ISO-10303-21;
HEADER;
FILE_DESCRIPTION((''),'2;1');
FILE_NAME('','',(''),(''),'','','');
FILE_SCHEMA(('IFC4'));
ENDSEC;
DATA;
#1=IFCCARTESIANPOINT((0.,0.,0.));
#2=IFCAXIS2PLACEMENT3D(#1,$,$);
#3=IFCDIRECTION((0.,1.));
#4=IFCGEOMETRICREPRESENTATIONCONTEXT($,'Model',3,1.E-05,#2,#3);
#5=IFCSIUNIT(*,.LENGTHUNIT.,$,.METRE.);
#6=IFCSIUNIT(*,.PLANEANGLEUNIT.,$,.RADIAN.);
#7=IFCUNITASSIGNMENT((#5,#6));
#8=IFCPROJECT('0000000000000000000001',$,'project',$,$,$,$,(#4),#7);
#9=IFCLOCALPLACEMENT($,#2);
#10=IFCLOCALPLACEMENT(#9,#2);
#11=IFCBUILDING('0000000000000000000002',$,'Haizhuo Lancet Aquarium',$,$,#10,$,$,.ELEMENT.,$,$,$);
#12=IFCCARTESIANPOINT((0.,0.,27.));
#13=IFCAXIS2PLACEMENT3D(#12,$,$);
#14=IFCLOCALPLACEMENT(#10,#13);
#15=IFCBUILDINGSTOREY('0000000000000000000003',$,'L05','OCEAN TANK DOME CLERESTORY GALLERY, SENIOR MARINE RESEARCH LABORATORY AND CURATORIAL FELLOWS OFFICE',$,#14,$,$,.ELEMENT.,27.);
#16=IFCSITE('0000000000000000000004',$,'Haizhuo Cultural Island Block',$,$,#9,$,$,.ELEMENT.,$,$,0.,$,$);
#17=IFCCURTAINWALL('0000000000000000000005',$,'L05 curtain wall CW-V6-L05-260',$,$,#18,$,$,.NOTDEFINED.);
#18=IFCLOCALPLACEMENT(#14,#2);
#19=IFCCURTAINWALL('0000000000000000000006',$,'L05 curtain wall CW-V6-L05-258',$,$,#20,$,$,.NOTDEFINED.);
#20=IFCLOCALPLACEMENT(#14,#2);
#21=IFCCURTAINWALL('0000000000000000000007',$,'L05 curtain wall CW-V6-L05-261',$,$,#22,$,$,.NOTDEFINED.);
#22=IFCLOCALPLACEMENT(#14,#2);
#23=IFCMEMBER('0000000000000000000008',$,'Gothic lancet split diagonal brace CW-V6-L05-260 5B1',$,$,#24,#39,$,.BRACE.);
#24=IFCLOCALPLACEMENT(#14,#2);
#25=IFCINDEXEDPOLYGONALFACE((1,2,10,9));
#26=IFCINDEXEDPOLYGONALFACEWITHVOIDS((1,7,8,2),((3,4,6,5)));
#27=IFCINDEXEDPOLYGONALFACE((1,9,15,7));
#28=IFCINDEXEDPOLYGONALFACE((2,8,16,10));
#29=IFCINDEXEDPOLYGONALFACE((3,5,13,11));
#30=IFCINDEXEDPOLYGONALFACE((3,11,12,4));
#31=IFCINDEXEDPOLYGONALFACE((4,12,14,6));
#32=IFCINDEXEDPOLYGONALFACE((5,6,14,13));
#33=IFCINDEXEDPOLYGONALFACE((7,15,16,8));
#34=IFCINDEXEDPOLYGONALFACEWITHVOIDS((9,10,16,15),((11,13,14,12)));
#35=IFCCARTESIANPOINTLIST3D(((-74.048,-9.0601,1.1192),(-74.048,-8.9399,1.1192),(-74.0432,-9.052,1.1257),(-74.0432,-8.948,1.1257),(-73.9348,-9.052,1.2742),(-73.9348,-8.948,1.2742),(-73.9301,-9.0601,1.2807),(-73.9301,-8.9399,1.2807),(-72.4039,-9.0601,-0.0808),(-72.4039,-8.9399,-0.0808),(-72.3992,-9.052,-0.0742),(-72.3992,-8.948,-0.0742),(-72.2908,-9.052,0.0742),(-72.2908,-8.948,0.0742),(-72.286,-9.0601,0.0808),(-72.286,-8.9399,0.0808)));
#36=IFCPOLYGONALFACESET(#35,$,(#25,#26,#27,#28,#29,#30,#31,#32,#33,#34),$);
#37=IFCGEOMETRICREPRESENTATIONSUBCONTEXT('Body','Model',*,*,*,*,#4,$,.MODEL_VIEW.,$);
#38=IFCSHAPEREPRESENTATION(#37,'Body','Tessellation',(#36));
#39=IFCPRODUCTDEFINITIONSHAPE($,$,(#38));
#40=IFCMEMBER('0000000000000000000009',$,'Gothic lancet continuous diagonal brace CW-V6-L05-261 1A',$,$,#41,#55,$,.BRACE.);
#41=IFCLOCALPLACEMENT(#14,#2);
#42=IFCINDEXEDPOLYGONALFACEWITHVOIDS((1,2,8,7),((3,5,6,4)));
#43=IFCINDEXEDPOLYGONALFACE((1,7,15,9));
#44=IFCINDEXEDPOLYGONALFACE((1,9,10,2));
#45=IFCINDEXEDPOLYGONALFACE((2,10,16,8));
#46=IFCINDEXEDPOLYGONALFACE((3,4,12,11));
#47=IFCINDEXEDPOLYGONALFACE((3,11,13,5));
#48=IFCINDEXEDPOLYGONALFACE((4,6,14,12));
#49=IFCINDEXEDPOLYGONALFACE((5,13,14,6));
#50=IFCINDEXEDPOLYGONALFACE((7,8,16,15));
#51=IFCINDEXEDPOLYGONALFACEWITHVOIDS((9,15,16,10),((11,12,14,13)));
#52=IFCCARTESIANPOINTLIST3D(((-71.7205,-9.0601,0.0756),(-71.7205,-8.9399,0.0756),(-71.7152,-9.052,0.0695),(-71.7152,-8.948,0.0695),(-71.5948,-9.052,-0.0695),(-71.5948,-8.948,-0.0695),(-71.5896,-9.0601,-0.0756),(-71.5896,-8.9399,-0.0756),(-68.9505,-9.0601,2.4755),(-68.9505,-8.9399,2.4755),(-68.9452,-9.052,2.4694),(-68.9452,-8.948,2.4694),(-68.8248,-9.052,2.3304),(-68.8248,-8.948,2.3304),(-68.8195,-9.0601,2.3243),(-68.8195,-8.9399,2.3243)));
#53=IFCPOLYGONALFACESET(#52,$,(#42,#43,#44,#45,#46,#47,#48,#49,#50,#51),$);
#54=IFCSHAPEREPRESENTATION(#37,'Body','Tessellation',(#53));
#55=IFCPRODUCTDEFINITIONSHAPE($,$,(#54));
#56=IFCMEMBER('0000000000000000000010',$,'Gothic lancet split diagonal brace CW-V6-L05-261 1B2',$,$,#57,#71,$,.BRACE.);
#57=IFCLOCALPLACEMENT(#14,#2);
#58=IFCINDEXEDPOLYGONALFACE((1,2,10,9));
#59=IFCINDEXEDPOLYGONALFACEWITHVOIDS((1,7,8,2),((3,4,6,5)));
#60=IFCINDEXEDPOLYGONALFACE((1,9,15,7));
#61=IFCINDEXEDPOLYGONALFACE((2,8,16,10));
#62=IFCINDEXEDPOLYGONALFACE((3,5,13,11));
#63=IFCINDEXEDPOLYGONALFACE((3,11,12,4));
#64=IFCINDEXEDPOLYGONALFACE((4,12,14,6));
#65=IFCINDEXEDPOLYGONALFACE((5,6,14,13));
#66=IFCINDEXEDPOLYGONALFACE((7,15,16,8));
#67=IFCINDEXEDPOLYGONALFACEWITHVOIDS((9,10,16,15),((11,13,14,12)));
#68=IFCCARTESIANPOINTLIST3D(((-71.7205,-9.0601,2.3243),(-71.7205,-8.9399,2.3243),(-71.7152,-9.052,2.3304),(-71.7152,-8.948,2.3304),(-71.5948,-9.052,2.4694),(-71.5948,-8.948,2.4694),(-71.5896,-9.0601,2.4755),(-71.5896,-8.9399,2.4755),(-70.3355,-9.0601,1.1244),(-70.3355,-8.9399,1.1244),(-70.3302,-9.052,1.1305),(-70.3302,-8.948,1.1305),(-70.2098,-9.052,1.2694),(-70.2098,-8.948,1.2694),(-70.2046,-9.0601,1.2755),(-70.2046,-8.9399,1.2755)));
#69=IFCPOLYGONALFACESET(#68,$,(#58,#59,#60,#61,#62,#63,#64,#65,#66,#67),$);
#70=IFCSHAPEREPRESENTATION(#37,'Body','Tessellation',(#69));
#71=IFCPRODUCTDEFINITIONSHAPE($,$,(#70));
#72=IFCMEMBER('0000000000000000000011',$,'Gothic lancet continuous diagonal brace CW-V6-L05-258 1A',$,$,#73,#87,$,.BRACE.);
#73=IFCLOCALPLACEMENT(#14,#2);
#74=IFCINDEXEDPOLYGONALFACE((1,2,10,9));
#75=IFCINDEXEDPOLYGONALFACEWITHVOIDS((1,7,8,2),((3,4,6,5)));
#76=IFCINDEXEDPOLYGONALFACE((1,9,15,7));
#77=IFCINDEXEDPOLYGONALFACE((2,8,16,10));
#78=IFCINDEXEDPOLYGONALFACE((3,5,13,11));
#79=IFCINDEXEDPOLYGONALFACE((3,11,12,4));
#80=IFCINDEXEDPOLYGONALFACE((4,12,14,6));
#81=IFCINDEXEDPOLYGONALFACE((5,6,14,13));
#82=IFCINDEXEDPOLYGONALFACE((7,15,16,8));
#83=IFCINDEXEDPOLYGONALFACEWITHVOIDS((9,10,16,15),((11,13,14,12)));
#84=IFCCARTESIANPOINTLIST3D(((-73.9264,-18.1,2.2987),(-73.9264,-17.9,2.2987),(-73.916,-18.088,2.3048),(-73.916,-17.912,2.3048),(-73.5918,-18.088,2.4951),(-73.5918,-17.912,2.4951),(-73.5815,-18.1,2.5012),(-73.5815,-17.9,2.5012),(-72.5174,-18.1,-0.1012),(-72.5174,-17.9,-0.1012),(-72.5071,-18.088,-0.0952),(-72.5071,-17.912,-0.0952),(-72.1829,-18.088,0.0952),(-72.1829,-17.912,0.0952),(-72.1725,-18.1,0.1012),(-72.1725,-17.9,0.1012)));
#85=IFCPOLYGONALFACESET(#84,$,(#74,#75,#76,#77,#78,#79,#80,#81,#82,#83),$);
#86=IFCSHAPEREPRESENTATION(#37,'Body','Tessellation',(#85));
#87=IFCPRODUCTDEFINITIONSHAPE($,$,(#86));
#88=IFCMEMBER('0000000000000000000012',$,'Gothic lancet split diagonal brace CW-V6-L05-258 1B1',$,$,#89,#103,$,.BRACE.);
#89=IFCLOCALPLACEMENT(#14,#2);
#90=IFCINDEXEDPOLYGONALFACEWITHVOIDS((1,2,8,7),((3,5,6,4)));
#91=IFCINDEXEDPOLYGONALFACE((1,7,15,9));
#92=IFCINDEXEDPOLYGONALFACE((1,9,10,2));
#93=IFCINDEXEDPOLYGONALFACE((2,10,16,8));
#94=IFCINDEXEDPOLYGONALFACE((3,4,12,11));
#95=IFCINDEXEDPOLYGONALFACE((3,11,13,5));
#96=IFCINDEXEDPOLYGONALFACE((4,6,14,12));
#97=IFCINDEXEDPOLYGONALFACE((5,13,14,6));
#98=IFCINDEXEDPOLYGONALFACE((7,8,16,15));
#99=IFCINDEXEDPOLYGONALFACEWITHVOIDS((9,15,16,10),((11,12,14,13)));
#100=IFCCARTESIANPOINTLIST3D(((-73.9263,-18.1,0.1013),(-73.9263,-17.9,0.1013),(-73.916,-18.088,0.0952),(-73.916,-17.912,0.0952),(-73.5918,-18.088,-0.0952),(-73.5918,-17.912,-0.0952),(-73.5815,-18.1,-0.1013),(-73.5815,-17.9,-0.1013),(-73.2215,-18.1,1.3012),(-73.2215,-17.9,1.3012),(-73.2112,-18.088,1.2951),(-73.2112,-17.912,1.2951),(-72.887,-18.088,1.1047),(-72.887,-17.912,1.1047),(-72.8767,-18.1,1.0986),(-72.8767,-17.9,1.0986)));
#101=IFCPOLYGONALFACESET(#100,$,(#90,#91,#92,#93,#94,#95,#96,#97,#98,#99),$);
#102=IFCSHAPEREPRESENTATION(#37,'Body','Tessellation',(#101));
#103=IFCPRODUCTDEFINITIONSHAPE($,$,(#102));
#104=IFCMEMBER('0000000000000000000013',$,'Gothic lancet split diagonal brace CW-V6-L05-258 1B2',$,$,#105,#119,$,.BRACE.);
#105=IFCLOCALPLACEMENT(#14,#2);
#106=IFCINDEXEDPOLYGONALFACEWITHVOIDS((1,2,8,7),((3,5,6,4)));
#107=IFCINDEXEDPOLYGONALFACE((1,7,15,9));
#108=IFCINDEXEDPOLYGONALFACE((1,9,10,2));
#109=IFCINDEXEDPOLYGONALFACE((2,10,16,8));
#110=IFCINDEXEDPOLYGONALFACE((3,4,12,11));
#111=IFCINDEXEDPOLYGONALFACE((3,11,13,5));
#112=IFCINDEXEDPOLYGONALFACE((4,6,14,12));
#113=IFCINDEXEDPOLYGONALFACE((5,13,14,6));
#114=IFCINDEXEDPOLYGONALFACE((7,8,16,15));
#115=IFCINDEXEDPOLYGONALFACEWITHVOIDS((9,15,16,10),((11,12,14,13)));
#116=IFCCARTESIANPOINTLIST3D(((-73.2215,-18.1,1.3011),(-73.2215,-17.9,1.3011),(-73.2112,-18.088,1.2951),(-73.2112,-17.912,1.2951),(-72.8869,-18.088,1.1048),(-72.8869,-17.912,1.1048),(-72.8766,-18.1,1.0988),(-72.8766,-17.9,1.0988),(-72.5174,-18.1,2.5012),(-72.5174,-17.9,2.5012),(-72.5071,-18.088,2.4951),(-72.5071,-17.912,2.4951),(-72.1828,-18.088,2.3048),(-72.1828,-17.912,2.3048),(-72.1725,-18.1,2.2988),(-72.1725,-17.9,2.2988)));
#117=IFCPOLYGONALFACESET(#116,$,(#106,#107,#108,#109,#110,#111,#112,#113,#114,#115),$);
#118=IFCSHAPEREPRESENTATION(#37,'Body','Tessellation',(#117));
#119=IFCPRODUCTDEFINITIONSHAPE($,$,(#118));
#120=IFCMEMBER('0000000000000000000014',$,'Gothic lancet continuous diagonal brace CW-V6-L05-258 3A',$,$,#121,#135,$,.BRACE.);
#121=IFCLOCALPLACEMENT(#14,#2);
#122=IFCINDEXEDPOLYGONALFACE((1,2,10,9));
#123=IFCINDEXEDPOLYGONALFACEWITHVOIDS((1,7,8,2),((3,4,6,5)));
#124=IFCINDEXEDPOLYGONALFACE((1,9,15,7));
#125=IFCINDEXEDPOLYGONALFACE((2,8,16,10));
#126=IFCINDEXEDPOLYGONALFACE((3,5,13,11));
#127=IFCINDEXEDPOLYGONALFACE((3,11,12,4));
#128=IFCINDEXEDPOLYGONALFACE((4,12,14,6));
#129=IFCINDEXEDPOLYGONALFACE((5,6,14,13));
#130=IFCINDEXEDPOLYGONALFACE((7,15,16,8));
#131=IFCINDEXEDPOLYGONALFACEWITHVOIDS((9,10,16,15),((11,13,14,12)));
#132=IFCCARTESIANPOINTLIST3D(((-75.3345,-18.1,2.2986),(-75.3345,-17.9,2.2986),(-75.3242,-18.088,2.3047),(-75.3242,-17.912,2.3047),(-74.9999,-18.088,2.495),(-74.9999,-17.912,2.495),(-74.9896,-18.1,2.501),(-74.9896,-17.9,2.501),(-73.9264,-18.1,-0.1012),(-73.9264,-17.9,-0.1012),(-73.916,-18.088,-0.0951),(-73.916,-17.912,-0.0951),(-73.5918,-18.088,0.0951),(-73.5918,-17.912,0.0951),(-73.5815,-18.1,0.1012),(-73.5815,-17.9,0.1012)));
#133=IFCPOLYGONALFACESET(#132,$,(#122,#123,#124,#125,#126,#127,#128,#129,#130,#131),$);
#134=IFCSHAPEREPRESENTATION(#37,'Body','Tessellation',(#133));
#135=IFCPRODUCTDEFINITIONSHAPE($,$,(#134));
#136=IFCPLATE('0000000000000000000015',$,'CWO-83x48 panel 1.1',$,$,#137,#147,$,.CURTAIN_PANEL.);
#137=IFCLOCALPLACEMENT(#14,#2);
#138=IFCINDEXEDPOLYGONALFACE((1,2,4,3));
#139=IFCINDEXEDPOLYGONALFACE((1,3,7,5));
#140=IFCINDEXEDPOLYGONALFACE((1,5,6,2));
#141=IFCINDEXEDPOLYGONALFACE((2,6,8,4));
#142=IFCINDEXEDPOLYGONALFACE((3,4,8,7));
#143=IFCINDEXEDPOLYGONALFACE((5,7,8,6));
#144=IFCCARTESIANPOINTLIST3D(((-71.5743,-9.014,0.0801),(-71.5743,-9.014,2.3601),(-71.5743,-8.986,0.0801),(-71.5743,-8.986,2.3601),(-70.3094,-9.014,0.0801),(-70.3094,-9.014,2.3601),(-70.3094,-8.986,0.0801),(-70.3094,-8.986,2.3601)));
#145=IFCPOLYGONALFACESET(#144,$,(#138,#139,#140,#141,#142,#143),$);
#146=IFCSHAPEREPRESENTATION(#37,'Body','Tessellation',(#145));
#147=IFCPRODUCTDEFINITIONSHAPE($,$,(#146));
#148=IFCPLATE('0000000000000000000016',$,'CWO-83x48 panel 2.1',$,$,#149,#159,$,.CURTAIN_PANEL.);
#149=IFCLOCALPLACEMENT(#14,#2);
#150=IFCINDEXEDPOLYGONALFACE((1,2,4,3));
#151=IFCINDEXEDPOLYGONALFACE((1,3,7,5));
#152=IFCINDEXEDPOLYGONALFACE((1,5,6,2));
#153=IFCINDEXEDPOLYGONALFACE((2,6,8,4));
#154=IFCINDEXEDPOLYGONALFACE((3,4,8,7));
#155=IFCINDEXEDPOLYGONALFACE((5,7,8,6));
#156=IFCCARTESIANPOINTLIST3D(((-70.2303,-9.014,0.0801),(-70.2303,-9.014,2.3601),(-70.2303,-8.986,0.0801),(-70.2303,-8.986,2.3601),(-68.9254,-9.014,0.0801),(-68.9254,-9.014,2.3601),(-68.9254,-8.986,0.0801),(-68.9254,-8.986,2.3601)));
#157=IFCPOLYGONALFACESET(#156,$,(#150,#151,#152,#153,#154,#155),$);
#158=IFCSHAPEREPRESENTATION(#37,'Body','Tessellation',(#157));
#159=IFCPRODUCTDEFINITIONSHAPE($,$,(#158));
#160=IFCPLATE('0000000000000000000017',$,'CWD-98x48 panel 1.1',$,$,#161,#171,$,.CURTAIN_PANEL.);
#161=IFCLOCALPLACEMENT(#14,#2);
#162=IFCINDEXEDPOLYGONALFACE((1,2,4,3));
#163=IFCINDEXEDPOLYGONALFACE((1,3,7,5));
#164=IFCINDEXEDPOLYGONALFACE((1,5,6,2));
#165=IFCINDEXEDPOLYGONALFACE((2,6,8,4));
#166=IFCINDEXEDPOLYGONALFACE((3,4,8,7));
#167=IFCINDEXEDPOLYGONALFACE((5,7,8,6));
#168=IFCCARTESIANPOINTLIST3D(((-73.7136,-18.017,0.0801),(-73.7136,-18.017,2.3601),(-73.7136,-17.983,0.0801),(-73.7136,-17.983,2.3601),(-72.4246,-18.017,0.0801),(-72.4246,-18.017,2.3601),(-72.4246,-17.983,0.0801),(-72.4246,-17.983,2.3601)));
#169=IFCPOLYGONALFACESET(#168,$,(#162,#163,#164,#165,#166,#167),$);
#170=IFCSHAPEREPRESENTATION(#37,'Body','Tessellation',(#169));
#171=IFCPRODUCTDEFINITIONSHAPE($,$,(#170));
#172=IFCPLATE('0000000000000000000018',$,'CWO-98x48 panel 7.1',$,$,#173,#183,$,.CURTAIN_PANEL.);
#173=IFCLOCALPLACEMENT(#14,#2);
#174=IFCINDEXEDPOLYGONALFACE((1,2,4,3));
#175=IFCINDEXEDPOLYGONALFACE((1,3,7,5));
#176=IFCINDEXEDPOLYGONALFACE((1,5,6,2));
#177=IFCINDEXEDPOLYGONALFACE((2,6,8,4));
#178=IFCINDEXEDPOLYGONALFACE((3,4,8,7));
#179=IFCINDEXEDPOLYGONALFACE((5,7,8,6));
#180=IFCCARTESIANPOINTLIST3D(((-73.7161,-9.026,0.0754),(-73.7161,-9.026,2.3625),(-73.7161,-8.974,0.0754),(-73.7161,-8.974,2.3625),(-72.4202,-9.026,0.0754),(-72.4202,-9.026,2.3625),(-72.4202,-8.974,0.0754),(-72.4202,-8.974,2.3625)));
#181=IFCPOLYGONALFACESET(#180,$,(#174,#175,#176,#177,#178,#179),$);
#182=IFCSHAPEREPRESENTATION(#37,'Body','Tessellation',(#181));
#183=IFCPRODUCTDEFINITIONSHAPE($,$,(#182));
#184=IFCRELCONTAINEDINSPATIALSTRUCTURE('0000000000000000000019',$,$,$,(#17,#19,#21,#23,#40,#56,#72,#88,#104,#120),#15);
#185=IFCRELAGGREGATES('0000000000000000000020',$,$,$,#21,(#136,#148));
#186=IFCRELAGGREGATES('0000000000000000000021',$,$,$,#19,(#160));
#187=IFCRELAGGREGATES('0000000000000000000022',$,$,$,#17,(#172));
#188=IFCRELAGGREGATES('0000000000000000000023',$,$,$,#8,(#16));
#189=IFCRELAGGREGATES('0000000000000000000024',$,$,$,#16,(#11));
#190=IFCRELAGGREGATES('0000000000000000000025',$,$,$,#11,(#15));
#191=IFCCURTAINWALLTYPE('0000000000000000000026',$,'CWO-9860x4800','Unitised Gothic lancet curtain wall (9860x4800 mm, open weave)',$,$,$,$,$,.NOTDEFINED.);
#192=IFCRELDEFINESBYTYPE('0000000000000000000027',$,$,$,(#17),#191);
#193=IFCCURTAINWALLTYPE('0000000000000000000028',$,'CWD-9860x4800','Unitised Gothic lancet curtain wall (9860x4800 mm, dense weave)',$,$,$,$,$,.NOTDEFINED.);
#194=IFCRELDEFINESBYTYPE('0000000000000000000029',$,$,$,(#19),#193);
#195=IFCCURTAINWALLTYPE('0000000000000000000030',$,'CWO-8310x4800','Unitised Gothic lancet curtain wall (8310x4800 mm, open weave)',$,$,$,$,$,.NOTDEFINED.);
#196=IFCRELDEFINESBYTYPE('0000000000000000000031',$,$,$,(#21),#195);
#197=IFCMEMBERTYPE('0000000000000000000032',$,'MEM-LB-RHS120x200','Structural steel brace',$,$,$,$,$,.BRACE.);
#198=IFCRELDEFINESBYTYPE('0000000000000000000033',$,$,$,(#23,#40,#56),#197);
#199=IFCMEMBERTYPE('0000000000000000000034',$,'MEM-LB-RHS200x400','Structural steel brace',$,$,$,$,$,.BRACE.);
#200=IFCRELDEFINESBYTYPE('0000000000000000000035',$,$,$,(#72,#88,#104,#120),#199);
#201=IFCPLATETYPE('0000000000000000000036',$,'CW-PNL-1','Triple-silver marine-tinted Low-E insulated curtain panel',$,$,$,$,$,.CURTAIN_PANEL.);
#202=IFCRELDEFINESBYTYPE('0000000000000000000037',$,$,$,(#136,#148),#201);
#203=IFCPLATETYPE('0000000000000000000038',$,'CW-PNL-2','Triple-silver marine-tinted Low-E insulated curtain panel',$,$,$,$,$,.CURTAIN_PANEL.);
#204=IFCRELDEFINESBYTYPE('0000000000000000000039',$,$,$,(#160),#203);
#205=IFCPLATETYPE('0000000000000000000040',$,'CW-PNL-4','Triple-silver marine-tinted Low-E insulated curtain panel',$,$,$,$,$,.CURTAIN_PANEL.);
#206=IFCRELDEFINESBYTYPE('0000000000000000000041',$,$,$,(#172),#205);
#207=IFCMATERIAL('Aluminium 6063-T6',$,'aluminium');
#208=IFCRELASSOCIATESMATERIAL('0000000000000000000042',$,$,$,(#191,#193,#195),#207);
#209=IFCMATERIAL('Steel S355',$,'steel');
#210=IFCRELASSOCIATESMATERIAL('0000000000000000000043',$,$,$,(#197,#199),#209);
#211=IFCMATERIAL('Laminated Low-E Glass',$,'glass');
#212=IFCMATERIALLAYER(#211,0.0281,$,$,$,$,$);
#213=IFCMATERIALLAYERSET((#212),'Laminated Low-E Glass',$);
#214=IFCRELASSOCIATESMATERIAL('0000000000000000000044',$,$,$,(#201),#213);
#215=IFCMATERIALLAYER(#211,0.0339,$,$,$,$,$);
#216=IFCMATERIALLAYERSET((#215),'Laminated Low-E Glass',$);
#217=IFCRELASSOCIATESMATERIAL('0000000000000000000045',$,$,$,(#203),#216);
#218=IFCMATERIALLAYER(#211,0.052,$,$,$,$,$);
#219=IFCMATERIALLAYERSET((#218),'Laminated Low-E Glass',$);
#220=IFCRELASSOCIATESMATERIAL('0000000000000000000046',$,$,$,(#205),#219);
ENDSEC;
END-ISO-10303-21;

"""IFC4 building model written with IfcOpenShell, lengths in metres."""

from ifc_helpers import new_model, si_unit, direction, frame, origin, origin_2d, place, context, subcontext, project, spatial, rectangle, hollow_rectangle, extrude, material, layer, layer_set, material_profile, profile_set, type_object, element, aggregate, save


model = new_model("IFC4")

# Units and contexts
model_context = context("Model", 3, precision=1e-05, world=origin(), true_north=direction((0.0, 1.0)))
body_context = subcontext(model_context, "Body", "Model", "MODEL_VIEW")
ifc_project = project(units=[si_unit("LENGTHUNIT", "METRE"), si_unit("PLANEANGLEUNIT", "RADIAN")], contexts=[model_context])

# Site, building, storey
site_placement = place(None, origin())
site = spatial("IfcSite", under=ifc_project, at=site_placement, Name="Haizhuo Cultural Island Block", CompositionType="ELEMENT", RefElevation=0.0)
building_placement = place(site_placement, origin())
building = spatial("IfcBuilding", under=site, at=building_placement, Name="Haizhuo Lancet Aquarium", CompositionType="ELEMENT")
storey_placement = place(building_placement, frame((0.0, 0.0, 27.0)))
storey = spatial("IfcBuildingStorey", under=building, at=storey_placement, Name="L05", Description="OCEAN TANK DOME CLERESTORY GALLERY, SENIOR MARINE RESEARCH LABORATORY AND CURATORIAL FELLOWS OFFICE", CompositionType="ELEMENT", Elevation=27.0)

# Curtain wall
ifc_material_1 = material(Name="Aluminium 6063-T6", Category="aluminium")
curtain_wall_type_1 = type_object("IfcCurtainWallType", Name="CWO-9860x4800", Description="Unitised Gothic lancet curtain wall (9860x4800 mm, open weave)", PredefinedType="NOTDEFINED", material=ifc_material_1)
curtain_wall_1_placement = place(storey_placement, origin())
curtain_wall_1 = element("IfcCurtainWall", 1, at=curtain_wall_1_placement, inside=storey, type_object=curtain_wall_type_1, Name="L05 curtain wall CW-V6-L05-260", PredefinedType="NOTDEFINED")

# Curtain wall
curtain_wall_type_2 = type_object("IfcCurtainWallType", Name="CWD-9860x4800", Description="Unitised Gothic lancet curtain wall (9860x4800 mm, dense weave)", PredefinedType="NOTDEFINED", material=ifc_material_1)
curtain_wall_2_placement = place(storey_placement, origin())
curtain_wall_2 = element("IfcCurtainWall", 2, at=curtain_wall_2_placement, inside=storey, type_object=curtain_wall_type_2, Name="L05 curtain wall CW-V6-L05-258", PredefinedType="NOTDEFINED")

# Curtain wall
curtain_wall_type_3 = type_object("IfcCurtainWallType", Name="CWO-8310x4800", Description="Unitised Gothic lancet curtain wall (8310x4800 mm, open weave)", PredefinedType="NOTDEFINED", material=ifc_material_1)
curtain_wall_3_placement = place(storey_placement, origin())
curtain_wall_3 = element("IfcCurtainWall", 3, at=curtain_wall_3_placement, inside=storey, type_object=curtain_wall_type_3, Name="L05 curtain wall CW-V6-L05-261", PredefinedType="NOTDEFINED")

# Members
ifc_material_2 = material(Name="Steel S355", Category="steel")
ifc_material_profile_1 = material_profile(ifc_material_2, hollow_rectangle(XDim=0.1201, YDim=0.2, WallThickness=0.0081, at=origin_2d()), Name="RHS 120x200x8")
ifc_profile_set_1 = profile_set([ifc_material_profile_1], Name="Steel S355")
member_type_1 = type_object("IfcMemberType", Name="MEM-LB-RHS120x200", Description="Structural steel brace", PredefinedType="BRACE", material=ifc_profile_set_1)
member_1_placement = place(storey_placement, frame((-72.345, -9.0, 0.0), z_axis=(-0.807734, 0.0, 0.589547), x_axis=(0.0, -1.0, 0.0)))
element("IfcMember", 4, at=member_1_placement, inside=storey, type_object=member_type_1, Name="Gothic lancet split diagonal brace CW-V6-L05-260 5B1", PredefinedType="BRACE", context=body_context, shape_type="SweptSolid", body=[
    extrude(hollow_rectangle(XDim=0.1201, YDim=0.2, WallThickness=0.0081, at=origin_2d()), origin(), (0.0, 0.0, 1.0), 2.0354),
])
member_2_placement = place(storey_placement, frame((-71.655, -9.0, 0.0), z_axis=(0.755795, 0.0, 0.654809), x_axis=(0.0, 1.0, 0.0)))
element("IfcMember", 5, at=member_2_placement, inside=storey, type_object=member_type_1, Name="Gothic lancet continuous diagonal brace CW-V6-L05-261 1A", PredefinedType="BRACE", context=body_context, shape_type="SweptSolid", body=[
    extrude(hollow_rectangle(XDim=0.1201, YDim=0.2, WallThickness=0.0081, at=origin_2d()), origin(), (0.0, 0.0, 1.0), 3.665),
])
member_3_placement = place(storey_placement, frame((-70.27, -9.0, 1.2), z_axis=(-0.755795, 0.0, 0.654809), x_axis=(0.0, -1.0, 0.0)))
element("IfcMember", 6, at=member_3_placement, inside=storey, type_object=member_type_1, Name="Gothic lancet split diagonal brace CW-V6-L05-261 1B2", PredefinedType="BRACE", context=body_context, shape_type="SweptSolid", body=[
    extrude(hollow_rectangle(XDim=0.1201, YDim=0.2, WallThickness=0.0081, at=origin_2d()), origin(), (0.0, 0.0, 1.0), 1.8325),
])
ifc_material_profile_2 = material_profile(ifc_material_2, hollow_rectangle(XDim=0.2, YDim=0.3999, WallThickness=0.012, at=origin_2d()), Name="RHS 200x400x12")
ifc_profile_set_2 = profile_set([ifc_material_profile_2], Name="Steel S355")
member_type_2 = type_object("IfcMemberType", Name="MEM-LB-RHS200x400", Description="Structural steel brace", PredefinedType="BRACE", material=ifc_profile_set_2)
member_4_placement = place(storey_placement, frame((-72.345, -18.0, 0.0), z_axis=(-0.50628, 0.0, 0.862369), x_axis=(0.0, -1.0, 0.0)))
element("IfcMember", 7, at=member_4_placement, inside=storey, type_object=member_type_2, Name="Gothic lancet continuous diagonal brace CW-V6-L05-258 1A", PredefinedType="BRACE", context=body_context, shape_type="SweptSolid", body=[
    extrude(hollow_rectangle(XDim=0.2, YDim=0.3999, WallThickness=0.012, at=origin_2d()), origin(), (0.0, 0.0, 1.0), 2.783),
])
member_5_placement = place(storey_placement, frame((-73.7539, -18.0, 0.0), z_axis=(0.506476, 0.0, 0.862254), x_axis=(0.0, 1.0, 0.0)))
element("IfcMember", 8, at=member_5_placement, inside=storey, type_object=member_type_2, Name="Gothic lancet split diagonal brace CW-V6-L05-258 1B1", PredefinedType="BRACE", context=body_context, shape_type="SweptSolid", body=[
    extrude(hollow_rectangle(XDim=0.2, YDim=0.3999, WallThickness=0.012, at=origin_2d()), origin(), (0.0, 0.0, 1.0), 1.3916),
])
member_6_placement = place(storey_placement, frame((-73.0491, -18.0, 1.2), z_axis=(0.506084, 0.0, 0.862484), x_axis=(0.0, 1.0, 0.0)))
element("IfcMember", 9, at=member_6_placement, inside=storey, type_object=member_type_2, Name="Gothic lancet split diagonal brace CW-V6-L05-258 1B2", PredefinedType="BRACE", context=body_context, shape_type="SweptSolid", body=[
    extrude(hollow_rectangle(XDim=0.2, YDim=0.3999, WallThickness=0.012, at=origin_2d()), origin(), (0.0, 0.0, 1.0), 1.3914),
])
member_7_placement = place(storey_placement, frame((-73.7539, -18.0, 0.0), z_axis=(-0.506084, 0.0, 0.862484), x_axis=(0.0, -1.0, 0.0)))
element("IfcMember", 10, at=member_7_placement, inside=storey, type_object=member_type_2, Name="Gothic lancet continuous diagonal brace CW-V6-L05-258 3A", PredefinedType="BRACE", context=body_context, shape_type="SweptSolid", body=[
    extrude(hollow_rectangle(XDim=0.2, YDim=0.3999, WallThickness=0.012, at=origin_2d()), origin(), (0.0, 0.0, 1.0), 2.7825),
])

# Plates
ifc_material_3 = material(Name="Laminated Low-E Glass", Category="glass")
ifc_layer_1 = layer(ifc_material_3, 0.0281)
ifc_layer_set_1 = layer_set([ifc_layer_1], Name="Laminated Low-E Glass")
plate_type_1 = type_object("IfcPlateType", Name="CW-PNL-1", Description="Triple-silver marine-tinted Low-E insulated curtain panel", PredefinedType="CURTAIN_PANEL", material=ifc_layer_set_1)
plate_1_placement = place(storey_placement, frame((-70.9419, -9.0, 0.0801), z_axis=(0.0, 0.0, 1.0), x_axis=(1.0, 0.0, 0.0)))
plate_1 = element("IfcPlate", 11, at=plate_1_placement, type_object=plate_type_1, Name="CWO-83x48 panel 1.1", PredefinedType="CURTAIN_PANEL", context=body_context, shape_type="SweptSolid", body=[
    extrude(rectangle(XDim=1.2649, YDim=0.0281, at=origin_2d()), origin(), (0.0, 0.0, 1.0), 2.28),
])
plate_2_placement = place(storey_placement, frame((-69.5779, -9.0, 0.0801), z_axis=(0.0, 0.0, 1.0), x_axis=(1.0, 0.0, 0.0)))
plate_2 = element("IfcPlate", 12, at=plate_2_placement, type_object=plate_type_1, Name="CWO-83x48 panel 2.1", PredefinedType="CURTAIN_PANEL", context=body_context, shape_type="SweptSolid", body=[
    extrude(rectangle(XDim=1.3049, YDim=0.0281, at=origin_2d()), origin(), (0.0, 0.0, 1.0), 2.28),
])
aggregate(curtain_wall_3, [plate_1, plate_2])
ifc_layer_2 = layer(ifc_material_3, 0.0339)
ifc_layer_set_2 = layer_set([ifc_layer_2], Name="Laminated Low-E Glass")
plate_type_2 = type_object("IfcPlateType", Name="CW-PNL-2", Description="Triple-silver marine-tinted Low-E insulated curtain panel", PredefinedType="CURTAIN_PANEL", material=ifc_layer_set_2)
plate_3_placement = place(storey_placement, frame((-73.0691, -18.0, 0.0801), z_axis=(0.0, 0.0, 1.0), x_axis=(-1.0, 0.0, 0.0)))
plate_3 = element("IfcPlate", 13, at=plate_3_placement, type_object=plate_type_2, Name="CWD-98x48 panel 1.1", PredefinedType="CURTAIN_PANEL", context=body_context, shape_type="SweptSolid", body=[
    extrude(rectangle(XDim=1.2891, YDim=0.0339, at=origin_2d()), origin(), (0.0, 0.0, 1.0), 2.28),
])
aggregate(curtain_wall_2, [plate_3])
ifc_layer_3 = layer(ifc_material_3, 0.052)
ifc_layer_set_3 = layer_set([ifc_layer_3], Name="Laminated Low-E Glass")
plate_type_3 = type_object("IfcPlateType", Name="CW-PNL-4", Description="Triple-silver marine-tinted Low-E insulated curtain panel", PredefinedType="CURTAIN_PANEL", material=ifc_layer_set_3)
plate_4_placement = place(storey_placement, frame((-73.0681, -9.0, 0.0754), z_axis=(0.0, 0.0, 1.0), x_axis=(1.0, 0.0, 0.0)))
plate_4 = element("IfcPlate", 14, at=plate_4_placement, type_object=plate_type_3, Name="CWO-98x48 panel 7.1", PredefinedType="CURTAIN_PANEL", context=body_context, shape_type="SweptSolid", body=[
    extrude(rectangle(XDim=1.2959, YDim=0.052, at=origin_2d()), origin(), (0.0, 0.0, 1.0), 2.2871),
])
aggregate(curtain_wall_1, [plate_4])

save(model, "model.ifc")
